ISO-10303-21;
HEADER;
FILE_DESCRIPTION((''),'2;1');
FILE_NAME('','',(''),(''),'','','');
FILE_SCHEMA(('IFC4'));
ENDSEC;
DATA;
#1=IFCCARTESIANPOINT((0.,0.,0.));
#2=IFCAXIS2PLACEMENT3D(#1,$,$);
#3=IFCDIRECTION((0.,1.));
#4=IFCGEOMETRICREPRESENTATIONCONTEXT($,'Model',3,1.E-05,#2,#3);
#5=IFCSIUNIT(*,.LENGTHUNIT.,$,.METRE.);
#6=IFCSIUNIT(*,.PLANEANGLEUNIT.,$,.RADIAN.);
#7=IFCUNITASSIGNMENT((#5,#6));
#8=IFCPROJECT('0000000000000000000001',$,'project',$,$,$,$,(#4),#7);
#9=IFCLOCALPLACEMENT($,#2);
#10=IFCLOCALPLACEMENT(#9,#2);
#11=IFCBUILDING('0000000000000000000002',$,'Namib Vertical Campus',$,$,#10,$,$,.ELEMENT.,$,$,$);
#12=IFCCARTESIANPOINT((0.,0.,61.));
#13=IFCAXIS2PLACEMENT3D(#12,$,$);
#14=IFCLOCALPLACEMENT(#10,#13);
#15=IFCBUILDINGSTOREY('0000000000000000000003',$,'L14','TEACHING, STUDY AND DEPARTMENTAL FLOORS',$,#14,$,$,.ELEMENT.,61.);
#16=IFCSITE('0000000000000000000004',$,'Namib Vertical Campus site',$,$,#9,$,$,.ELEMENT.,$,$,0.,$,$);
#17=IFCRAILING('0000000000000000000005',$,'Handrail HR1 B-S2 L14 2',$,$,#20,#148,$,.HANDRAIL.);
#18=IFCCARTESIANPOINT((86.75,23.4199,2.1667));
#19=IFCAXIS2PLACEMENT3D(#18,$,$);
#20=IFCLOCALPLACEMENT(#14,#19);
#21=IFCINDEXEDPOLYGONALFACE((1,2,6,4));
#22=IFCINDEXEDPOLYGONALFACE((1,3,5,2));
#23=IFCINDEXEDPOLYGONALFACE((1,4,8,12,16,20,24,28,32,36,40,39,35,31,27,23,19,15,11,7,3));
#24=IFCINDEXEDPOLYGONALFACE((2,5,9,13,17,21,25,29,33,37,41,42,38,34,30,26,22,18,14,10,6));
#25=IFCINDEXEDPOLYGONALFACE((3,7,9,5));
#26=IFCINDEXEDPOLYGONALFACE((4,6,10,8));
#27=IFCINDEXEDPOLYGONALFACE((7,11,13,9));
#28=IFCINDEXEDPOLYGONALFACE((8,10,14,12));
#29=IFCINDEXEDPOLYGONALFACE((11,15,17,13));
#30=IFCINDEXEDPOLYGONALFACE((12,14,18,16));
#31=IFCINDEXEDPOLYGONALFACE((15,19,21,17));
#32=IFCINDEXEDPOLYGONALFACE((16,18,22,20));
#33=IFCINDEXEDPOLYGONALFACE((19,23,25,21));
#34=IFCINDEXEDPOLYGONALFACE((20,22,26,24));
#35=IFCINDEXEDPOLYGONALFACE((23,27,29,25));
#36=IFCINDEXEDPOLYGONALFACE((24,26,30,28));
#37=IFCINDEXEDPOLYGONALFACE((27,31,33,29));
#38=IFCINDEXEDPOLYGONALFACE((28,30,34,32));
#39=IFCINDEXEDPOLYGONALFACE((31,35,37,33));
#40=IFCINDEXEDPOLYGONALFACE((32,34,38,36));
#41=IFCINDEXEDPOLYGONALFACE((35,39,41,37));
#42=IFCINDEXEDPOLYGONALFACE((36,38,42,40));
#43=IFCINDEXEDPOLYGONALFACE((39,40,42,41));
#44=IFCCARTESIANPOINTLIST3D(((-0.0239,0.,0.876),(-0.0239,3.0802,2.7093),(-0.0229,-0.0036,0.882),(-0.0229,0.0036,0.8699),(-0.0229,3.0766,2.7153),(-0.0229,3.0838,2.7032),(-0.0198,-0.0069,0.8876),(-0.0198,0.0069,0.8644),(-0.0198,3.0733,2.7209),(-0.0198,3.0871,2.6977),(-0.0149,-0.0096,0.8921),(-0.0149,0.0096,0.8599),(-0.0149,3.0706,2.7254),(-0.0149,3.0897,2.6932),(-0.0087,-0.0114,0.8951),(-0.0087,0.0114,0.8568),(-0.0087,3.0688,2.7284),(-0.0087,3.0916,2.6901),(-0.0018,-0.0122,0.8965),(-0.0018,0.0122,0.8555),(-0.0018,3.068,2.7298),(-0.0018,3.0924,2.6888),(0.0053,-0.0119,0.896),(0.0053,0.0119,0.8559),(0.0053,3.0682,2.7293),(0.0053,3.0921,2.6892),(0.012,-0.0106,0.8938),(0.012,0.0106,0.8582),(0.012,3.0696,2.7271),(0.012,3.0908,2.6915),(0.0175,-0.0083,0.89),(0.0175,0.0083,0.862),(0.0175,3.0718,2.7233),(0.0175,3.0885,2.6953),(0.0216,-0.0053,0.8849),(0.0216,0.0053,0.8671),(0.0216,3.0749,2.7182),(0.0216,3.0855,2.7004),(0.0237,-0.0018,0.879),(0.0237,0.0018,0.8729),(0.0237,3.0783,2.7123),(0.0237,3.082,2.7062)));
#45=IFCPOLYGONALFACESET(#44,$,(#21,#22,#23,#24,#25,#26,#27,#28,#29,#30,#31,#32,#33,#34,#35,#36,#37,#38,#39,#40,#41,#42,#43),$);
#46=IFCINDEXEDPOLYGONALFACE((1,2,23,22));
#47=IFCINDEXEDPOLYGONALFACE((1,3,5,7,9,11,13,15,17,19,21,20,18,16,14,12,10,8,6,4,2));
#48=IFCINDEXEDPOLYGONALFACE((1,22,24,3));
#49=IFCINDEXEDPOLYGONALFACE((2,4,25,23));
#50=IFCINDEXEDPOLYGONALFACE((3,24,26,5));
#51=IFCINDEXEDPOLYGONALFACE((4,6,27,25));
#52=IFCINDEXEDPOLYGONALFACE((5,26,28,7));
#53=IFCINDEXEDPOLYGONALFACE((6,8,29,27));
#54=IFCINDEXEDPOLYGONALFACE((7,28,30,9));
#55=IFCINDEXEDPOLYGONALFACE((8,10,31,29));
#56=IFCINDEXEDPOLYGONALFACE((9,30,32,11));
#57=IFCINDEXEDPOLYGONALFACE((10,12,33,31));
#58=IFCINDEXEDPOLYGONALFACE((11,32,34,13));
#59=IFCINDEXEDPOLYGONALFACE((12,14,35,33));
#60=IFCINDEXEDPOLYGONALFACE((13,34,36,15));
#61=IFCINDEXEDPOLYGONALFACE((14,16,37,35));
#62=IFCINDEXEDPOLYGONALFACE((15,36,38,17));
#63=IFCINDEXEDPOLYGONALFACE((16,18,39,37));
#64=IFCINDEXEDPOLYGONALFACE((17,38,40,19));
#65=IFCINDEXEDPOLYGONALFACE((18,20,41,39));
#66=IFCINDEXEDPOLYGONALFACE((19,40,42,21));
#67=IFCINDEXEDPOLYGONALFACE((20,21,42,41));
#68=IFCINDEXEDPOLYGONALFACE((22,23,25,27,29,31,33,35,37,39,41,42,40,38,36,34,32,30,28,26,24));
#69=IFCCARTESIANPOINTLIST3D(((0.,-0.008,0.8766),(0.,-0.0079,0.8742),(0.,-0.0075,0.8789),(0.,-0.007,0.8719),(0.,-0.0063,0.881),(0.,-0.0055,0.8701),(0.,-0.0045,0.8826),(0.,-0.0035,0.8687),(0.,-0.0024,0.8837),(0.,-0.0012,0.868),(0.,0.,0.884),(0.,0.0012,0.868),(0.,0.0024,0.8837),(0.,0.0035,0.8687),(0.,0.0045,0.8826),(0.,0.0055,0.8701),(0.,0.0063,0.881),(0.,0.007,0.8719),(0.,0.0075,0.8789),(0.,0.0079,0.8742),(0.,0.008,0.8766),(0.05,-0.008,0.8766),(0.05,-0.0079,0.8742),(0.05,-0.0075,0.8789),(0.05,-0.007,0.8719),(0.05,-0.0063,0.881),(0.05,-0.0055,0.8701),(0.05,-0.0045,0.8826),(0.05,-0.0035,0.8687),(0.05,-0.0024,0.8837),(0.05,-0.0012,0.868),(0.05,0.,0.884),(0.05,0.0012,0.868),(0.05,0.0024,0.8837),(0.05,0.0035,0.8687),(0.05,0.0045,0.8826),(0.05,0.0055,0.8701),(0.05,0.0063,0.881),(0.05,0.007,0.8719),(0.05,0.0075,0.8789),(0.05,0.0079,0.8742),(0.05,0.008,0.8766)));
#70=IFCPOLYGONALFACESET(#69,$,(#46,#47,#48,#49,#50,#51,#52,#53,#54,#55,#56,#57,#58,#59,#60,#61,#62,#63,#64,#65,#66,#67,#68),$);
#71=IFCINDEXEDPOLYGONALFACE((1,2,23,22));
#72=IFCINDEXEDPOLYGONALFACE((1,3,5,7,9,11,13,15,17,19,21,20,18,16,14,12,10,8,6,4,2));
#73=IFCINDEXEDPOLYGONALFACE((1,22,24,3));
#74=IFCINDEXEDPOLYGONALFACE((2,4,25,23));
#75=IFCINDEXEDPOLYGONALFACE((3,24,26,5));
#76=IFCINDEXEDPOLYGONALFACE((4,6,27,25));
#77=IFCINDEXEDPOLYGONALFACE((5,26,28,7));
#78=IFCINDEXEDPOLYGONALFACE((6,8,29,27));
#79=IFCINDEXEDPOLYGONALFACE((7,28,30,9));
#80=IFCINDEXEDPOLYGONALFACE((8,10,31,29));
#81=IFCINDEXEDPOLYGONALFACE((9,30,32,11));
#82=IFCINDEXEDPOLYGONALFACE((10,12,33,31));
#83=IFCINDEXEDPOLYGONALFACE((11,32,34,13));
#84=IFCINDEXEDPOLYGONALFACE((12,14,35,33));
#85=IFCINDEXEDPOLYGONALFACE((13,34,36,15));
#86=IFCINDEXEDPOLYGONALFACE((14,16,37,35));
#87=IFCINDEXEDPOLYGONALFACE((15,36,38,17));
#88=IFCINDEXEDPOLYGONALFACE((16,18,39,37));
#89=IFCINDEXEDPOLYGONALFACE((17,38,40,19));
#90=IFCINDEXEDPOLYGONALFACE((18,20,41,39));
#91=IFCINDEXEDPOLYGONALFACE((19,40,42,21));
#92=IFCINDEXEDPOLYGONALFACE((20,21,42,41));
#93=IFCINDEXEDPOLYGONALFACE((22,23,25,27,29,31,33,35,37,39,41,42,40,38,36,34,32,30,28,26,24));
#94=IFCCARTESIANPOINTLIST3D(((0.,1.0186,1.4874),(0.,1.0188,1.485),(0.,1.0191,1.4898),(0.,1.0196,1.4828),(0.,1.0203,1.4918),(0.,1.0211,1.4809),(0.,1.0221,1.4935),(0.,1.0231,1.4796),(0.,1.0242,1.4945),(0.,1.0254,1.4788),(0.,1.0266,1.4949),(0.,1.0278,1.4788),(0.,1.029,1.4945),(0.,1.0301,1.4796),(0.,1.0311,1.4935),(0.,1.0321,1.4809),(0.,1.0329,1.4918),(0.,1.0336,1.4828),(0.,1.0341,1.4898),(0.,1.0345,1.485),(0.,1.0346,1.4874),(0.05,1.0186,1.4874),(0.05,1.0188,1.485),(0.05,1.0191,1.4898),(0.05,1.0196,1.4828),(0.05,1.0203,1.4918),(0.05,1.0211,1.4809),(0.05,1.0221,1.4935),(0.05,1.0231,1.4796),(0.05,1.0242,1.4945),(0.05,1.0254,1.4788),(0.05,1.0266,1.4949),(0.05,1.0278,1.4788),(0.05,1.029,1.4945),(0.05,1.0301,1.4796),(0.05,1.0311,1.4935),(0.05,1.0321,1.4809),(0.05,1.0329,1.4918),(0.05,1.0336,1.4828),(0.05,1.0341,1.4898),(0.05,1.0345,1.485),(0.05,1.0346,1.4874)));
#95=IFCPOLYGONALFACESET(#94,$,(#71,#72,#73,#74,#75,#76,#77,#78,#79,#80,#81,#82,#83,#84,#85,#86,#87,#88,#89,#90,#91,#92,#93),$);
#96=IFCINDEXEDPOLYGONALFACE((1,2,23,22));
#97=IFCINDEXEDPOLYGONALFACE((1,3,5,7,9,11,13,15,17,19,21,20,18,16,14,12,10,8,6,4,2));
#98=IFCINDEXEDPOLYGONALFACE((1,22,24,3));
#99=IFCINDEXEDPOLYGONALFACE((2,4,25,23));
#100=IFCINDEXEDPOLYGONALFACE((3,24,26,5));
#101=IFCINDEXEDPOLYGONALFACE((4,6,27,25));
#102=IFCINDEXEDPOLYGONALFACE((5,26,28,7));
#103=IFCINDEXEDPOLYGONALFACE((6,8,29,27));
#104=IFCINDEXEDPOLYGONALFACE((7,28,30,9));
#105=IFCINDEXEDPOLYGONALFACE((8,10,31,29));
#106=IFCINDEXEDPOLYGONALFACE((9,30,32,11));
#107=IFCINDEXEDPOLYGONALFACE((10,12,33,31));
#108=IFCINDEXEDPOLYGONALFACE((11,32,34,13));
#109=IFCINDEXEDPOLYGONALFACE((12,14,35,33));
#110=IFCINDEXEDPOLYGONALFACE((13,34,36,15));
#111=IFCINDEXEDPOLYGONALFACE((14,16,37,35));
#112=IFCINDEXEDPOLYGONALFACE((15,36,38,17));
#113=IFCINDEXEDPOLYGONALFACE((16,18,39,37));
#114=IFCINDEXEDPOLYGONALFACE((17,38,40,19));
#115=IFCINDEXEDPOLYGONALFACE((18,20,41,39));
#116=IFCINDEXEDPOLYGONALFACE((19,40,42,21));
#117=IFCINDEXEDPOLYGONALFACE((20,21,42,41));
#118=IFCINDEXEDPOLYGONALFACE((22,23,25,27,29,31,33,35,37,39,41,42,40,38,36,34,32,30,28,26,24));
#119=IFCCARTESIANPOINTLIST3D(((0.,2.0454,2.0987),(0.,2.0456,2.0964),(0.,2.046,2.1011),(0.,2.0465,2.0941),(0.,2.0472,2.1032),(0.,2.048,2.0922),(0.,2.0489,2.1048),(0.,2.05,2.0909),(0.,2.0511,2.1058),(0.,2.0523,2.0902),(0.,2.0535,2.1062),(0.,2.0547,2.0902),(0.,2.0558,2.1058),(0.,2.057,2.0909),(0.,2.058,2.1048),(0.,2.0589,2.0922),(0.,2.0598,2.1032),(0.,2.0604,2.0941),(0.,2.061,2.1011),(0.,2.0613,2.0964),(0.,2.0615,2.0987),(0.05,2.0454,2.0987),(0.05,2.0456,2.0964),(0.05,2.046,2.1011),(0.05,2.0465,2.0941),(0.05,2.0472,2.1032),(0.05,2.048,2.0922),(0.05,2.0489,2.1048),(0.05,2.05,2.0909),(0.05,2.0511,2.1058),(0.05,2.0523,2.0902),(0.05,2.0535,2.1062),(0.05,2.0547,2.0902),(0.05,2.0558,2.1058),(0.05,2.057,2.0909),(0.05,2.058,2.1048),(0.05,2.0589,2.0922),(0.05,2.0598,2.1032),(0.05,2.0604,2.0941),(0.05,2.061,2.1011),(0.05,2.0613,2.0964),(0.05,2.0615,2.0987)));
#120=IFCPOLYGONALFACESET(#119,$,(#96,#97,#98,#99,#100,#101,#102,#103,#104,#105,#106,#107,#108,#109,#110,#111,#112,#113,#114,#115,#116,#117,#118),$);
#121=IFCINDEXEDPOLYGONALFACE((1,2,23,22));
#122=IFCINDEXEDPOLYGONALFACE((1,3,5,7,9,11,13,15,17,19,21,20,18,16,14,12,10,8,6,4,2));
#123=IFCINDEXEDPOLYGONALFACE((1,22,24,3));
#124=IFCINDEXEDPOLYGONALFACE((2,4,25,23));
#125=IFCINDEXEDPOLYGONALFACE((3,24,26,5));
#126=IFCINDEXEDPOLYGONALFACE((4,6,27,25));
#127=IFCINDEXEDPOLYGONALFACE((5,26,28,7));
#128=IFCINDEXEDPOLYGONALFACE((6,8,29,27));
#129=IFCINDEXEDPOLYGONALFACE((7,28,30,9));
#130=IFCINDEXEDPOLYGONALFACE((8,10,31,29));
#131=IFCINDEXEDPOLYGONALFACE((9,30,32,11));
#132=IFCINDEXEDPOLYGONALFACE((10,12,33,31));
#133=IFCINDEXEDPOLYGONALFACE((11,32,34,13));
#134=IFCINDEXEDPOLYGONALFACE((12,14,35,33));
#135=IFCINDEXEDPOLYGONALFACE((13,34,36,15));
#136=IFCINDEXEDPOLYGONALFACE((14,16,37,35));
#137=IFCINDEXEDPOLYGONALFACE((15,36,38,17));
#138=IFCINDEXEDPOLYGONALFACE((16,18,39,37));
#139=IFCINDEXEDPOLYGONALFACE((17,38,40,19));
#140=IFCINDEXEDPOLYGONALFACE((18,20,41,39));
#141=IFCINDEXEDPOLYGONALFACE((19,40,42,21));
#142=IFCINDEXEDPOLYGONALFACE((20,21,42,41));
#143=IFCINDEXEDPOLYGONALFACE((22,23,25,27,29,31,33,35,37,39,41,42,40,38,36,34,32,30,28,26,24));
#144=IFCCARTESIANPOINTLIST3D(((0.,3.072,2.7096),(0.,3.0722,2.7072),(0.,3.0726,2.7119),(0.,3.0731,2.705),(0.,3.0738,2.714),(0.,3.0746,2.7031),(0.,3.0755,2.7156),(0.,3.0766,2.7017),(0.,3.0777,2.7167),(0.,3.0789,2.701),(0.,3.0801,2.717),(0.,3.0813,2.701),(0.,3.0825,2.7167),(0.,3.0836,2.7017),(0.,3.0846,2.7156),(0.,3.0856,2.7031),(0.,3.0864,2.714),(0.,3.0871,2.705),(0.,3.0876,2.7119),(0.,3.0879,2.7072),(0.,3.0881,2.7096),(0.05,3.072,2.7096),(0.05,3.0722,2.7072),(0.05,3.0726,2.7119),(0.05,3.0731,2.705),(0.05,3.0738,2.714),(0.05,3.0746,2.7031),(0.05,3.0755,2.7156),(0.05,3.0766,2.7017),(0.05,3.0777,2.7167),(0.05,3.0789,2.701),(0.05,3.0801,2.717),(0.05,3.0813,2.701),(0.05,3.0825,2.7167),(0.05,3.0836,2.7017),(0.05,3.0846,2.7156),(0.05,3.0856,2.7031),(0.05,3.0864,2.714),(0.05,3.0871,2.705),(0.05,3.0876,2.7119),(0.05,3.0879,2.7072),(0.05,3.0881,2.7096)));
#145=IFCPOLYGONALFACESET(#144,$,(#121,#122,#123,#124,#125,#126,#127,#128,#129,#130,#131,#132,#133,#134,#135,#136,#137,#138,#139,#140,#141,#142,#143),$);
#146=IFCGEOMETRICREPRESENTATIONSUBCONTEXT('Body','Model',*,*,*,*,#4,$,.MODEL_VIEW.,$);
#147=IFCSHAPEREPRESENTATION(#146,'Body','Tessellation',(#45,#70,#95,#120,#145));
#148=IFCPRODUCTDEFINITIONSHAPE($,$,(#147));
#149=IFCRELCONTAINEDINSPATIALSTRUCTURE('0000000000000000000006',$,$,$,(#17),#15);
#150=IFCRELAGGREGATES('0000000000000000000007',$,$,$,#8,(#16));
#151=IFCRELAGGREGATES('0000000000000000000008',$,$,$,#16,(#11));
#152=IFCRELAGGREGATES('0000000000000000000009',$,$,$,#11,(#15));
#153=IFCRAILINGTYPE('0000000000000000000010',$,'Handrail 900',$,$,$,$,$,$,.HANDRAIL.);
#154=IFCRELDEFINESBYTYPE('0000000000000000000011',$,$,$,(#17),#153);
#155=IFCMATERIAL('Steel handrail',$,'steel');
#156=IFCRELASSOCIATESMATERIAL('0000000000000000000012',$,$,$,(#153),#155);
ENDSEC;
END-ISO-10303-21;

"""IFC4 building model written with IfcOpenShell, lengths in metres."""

from ifc_helpers import new_model, si_unit, direction, frame, origin, origin_2d, place, context, subcontext, project, spatial, circle, extrude, material, type_object, element, save


model = new_model("IFC4")

# Units and contexts
model_context = context("Model", 3, precision=1e-05, world=origin(), true_north=direction((0.0, 1.0)))
body_context = subcontext(model_context, "Body", "Model", "MODEL_VIEW")
ifc_project = project(units=[si_unit("LENGTHUNIT", "METRE"), si_unit("PLANEANGLEUNIT", "RADIAN")], contexts=[model_context])

# Site, building, storey
site_placement = place(None, origin())
site = spatial("IfcSite", under=ifc_project, at=site_placement, Name="Namib Vertical Campus site", CompositionType="ELEMENT", RefElevation=0.0)
building_placement = place(site_placement, origin())
building = spatial("IfcBuilding", under=site, at=building_placement, Name="Namib Vertical Campus", CompositionType="ELEMENT")
storey_placement = place(building_placement, frame((0.0, 0.0, 61.0)))
storey = spatial("IfcBuildingStorey", under=building, at=storey_placement, Name="L14", Description="TEACHING, STUDY AND DEPARTMENTAL FLOORS", CompositionType="ELEMENT", Elevation=61.0)

# Railing
ifc_material_1 = material(Name="Steel handrail", Category="steel")
railing_type_1 = type_object("IfcRailingType", Name="Handrail 900", PredefinedType="HANDRAIL", material=ifc_material_1)
railing_1_placement = place(storey_placement, frame((86.75, 23.4199, 2.1667)))
element("IfcRailing", 1, at=railing_1_placement, inside=storey, type_object=railing_type_1, Name="Handrail HR1 B-S2 L14 2", PredefinedType="HANDRAIL", context=body_context, shape_type="SweptSolid", body=[
    extrude(circle(Radius=0.0239, at=origin_2d()), frame((0.0, 0.0, 0.876), z_axis=(0.0, 0.859309, 0.511458), x_axis=(-1.0, 0.0, 0.0)), (0.0, 0.0, 1.0), 3.5845),
    extrude(circle(Radius=0.0081, at=origin_2d()), frame((0.0, 0.0, 0.876), z_axis=(1.0, 0.0, 0.0), x_axis=(0.0, 0.0, 1.0)), (0.0, 0.0, 1.0), 0.05),
    extrude(circle(Radius=0.0081, at=origin_2d()), frame((0.0, 1.0266, 1.4868), z_axis=(1.0, 0.0, 0.0), x_axis=(0.0, 0.0, 1.0)), (0.0, 0.0, 1.0), 0.05),
    extrude(circle(Radius=0.0081, at=origin_2d()), frame((0.0, 2.0535, 2.0981), z_axis=(1.0, 0.0, 0.0), x_axis=(0.0, 0.0, 1.0)), (0.0, 0.0, 1.0), 0.05),
    extrude(circle(Radius=0.0081, at=origin_2d()), frame((0.0, 3.0801, 2.709), z_axis=(1.0, 0.0, 0.0), x_axis=(0.0, 0.0, 1.0)), (0.0, 0.0, 1.0), 0.05),
])

save(model, "model.ifc")
